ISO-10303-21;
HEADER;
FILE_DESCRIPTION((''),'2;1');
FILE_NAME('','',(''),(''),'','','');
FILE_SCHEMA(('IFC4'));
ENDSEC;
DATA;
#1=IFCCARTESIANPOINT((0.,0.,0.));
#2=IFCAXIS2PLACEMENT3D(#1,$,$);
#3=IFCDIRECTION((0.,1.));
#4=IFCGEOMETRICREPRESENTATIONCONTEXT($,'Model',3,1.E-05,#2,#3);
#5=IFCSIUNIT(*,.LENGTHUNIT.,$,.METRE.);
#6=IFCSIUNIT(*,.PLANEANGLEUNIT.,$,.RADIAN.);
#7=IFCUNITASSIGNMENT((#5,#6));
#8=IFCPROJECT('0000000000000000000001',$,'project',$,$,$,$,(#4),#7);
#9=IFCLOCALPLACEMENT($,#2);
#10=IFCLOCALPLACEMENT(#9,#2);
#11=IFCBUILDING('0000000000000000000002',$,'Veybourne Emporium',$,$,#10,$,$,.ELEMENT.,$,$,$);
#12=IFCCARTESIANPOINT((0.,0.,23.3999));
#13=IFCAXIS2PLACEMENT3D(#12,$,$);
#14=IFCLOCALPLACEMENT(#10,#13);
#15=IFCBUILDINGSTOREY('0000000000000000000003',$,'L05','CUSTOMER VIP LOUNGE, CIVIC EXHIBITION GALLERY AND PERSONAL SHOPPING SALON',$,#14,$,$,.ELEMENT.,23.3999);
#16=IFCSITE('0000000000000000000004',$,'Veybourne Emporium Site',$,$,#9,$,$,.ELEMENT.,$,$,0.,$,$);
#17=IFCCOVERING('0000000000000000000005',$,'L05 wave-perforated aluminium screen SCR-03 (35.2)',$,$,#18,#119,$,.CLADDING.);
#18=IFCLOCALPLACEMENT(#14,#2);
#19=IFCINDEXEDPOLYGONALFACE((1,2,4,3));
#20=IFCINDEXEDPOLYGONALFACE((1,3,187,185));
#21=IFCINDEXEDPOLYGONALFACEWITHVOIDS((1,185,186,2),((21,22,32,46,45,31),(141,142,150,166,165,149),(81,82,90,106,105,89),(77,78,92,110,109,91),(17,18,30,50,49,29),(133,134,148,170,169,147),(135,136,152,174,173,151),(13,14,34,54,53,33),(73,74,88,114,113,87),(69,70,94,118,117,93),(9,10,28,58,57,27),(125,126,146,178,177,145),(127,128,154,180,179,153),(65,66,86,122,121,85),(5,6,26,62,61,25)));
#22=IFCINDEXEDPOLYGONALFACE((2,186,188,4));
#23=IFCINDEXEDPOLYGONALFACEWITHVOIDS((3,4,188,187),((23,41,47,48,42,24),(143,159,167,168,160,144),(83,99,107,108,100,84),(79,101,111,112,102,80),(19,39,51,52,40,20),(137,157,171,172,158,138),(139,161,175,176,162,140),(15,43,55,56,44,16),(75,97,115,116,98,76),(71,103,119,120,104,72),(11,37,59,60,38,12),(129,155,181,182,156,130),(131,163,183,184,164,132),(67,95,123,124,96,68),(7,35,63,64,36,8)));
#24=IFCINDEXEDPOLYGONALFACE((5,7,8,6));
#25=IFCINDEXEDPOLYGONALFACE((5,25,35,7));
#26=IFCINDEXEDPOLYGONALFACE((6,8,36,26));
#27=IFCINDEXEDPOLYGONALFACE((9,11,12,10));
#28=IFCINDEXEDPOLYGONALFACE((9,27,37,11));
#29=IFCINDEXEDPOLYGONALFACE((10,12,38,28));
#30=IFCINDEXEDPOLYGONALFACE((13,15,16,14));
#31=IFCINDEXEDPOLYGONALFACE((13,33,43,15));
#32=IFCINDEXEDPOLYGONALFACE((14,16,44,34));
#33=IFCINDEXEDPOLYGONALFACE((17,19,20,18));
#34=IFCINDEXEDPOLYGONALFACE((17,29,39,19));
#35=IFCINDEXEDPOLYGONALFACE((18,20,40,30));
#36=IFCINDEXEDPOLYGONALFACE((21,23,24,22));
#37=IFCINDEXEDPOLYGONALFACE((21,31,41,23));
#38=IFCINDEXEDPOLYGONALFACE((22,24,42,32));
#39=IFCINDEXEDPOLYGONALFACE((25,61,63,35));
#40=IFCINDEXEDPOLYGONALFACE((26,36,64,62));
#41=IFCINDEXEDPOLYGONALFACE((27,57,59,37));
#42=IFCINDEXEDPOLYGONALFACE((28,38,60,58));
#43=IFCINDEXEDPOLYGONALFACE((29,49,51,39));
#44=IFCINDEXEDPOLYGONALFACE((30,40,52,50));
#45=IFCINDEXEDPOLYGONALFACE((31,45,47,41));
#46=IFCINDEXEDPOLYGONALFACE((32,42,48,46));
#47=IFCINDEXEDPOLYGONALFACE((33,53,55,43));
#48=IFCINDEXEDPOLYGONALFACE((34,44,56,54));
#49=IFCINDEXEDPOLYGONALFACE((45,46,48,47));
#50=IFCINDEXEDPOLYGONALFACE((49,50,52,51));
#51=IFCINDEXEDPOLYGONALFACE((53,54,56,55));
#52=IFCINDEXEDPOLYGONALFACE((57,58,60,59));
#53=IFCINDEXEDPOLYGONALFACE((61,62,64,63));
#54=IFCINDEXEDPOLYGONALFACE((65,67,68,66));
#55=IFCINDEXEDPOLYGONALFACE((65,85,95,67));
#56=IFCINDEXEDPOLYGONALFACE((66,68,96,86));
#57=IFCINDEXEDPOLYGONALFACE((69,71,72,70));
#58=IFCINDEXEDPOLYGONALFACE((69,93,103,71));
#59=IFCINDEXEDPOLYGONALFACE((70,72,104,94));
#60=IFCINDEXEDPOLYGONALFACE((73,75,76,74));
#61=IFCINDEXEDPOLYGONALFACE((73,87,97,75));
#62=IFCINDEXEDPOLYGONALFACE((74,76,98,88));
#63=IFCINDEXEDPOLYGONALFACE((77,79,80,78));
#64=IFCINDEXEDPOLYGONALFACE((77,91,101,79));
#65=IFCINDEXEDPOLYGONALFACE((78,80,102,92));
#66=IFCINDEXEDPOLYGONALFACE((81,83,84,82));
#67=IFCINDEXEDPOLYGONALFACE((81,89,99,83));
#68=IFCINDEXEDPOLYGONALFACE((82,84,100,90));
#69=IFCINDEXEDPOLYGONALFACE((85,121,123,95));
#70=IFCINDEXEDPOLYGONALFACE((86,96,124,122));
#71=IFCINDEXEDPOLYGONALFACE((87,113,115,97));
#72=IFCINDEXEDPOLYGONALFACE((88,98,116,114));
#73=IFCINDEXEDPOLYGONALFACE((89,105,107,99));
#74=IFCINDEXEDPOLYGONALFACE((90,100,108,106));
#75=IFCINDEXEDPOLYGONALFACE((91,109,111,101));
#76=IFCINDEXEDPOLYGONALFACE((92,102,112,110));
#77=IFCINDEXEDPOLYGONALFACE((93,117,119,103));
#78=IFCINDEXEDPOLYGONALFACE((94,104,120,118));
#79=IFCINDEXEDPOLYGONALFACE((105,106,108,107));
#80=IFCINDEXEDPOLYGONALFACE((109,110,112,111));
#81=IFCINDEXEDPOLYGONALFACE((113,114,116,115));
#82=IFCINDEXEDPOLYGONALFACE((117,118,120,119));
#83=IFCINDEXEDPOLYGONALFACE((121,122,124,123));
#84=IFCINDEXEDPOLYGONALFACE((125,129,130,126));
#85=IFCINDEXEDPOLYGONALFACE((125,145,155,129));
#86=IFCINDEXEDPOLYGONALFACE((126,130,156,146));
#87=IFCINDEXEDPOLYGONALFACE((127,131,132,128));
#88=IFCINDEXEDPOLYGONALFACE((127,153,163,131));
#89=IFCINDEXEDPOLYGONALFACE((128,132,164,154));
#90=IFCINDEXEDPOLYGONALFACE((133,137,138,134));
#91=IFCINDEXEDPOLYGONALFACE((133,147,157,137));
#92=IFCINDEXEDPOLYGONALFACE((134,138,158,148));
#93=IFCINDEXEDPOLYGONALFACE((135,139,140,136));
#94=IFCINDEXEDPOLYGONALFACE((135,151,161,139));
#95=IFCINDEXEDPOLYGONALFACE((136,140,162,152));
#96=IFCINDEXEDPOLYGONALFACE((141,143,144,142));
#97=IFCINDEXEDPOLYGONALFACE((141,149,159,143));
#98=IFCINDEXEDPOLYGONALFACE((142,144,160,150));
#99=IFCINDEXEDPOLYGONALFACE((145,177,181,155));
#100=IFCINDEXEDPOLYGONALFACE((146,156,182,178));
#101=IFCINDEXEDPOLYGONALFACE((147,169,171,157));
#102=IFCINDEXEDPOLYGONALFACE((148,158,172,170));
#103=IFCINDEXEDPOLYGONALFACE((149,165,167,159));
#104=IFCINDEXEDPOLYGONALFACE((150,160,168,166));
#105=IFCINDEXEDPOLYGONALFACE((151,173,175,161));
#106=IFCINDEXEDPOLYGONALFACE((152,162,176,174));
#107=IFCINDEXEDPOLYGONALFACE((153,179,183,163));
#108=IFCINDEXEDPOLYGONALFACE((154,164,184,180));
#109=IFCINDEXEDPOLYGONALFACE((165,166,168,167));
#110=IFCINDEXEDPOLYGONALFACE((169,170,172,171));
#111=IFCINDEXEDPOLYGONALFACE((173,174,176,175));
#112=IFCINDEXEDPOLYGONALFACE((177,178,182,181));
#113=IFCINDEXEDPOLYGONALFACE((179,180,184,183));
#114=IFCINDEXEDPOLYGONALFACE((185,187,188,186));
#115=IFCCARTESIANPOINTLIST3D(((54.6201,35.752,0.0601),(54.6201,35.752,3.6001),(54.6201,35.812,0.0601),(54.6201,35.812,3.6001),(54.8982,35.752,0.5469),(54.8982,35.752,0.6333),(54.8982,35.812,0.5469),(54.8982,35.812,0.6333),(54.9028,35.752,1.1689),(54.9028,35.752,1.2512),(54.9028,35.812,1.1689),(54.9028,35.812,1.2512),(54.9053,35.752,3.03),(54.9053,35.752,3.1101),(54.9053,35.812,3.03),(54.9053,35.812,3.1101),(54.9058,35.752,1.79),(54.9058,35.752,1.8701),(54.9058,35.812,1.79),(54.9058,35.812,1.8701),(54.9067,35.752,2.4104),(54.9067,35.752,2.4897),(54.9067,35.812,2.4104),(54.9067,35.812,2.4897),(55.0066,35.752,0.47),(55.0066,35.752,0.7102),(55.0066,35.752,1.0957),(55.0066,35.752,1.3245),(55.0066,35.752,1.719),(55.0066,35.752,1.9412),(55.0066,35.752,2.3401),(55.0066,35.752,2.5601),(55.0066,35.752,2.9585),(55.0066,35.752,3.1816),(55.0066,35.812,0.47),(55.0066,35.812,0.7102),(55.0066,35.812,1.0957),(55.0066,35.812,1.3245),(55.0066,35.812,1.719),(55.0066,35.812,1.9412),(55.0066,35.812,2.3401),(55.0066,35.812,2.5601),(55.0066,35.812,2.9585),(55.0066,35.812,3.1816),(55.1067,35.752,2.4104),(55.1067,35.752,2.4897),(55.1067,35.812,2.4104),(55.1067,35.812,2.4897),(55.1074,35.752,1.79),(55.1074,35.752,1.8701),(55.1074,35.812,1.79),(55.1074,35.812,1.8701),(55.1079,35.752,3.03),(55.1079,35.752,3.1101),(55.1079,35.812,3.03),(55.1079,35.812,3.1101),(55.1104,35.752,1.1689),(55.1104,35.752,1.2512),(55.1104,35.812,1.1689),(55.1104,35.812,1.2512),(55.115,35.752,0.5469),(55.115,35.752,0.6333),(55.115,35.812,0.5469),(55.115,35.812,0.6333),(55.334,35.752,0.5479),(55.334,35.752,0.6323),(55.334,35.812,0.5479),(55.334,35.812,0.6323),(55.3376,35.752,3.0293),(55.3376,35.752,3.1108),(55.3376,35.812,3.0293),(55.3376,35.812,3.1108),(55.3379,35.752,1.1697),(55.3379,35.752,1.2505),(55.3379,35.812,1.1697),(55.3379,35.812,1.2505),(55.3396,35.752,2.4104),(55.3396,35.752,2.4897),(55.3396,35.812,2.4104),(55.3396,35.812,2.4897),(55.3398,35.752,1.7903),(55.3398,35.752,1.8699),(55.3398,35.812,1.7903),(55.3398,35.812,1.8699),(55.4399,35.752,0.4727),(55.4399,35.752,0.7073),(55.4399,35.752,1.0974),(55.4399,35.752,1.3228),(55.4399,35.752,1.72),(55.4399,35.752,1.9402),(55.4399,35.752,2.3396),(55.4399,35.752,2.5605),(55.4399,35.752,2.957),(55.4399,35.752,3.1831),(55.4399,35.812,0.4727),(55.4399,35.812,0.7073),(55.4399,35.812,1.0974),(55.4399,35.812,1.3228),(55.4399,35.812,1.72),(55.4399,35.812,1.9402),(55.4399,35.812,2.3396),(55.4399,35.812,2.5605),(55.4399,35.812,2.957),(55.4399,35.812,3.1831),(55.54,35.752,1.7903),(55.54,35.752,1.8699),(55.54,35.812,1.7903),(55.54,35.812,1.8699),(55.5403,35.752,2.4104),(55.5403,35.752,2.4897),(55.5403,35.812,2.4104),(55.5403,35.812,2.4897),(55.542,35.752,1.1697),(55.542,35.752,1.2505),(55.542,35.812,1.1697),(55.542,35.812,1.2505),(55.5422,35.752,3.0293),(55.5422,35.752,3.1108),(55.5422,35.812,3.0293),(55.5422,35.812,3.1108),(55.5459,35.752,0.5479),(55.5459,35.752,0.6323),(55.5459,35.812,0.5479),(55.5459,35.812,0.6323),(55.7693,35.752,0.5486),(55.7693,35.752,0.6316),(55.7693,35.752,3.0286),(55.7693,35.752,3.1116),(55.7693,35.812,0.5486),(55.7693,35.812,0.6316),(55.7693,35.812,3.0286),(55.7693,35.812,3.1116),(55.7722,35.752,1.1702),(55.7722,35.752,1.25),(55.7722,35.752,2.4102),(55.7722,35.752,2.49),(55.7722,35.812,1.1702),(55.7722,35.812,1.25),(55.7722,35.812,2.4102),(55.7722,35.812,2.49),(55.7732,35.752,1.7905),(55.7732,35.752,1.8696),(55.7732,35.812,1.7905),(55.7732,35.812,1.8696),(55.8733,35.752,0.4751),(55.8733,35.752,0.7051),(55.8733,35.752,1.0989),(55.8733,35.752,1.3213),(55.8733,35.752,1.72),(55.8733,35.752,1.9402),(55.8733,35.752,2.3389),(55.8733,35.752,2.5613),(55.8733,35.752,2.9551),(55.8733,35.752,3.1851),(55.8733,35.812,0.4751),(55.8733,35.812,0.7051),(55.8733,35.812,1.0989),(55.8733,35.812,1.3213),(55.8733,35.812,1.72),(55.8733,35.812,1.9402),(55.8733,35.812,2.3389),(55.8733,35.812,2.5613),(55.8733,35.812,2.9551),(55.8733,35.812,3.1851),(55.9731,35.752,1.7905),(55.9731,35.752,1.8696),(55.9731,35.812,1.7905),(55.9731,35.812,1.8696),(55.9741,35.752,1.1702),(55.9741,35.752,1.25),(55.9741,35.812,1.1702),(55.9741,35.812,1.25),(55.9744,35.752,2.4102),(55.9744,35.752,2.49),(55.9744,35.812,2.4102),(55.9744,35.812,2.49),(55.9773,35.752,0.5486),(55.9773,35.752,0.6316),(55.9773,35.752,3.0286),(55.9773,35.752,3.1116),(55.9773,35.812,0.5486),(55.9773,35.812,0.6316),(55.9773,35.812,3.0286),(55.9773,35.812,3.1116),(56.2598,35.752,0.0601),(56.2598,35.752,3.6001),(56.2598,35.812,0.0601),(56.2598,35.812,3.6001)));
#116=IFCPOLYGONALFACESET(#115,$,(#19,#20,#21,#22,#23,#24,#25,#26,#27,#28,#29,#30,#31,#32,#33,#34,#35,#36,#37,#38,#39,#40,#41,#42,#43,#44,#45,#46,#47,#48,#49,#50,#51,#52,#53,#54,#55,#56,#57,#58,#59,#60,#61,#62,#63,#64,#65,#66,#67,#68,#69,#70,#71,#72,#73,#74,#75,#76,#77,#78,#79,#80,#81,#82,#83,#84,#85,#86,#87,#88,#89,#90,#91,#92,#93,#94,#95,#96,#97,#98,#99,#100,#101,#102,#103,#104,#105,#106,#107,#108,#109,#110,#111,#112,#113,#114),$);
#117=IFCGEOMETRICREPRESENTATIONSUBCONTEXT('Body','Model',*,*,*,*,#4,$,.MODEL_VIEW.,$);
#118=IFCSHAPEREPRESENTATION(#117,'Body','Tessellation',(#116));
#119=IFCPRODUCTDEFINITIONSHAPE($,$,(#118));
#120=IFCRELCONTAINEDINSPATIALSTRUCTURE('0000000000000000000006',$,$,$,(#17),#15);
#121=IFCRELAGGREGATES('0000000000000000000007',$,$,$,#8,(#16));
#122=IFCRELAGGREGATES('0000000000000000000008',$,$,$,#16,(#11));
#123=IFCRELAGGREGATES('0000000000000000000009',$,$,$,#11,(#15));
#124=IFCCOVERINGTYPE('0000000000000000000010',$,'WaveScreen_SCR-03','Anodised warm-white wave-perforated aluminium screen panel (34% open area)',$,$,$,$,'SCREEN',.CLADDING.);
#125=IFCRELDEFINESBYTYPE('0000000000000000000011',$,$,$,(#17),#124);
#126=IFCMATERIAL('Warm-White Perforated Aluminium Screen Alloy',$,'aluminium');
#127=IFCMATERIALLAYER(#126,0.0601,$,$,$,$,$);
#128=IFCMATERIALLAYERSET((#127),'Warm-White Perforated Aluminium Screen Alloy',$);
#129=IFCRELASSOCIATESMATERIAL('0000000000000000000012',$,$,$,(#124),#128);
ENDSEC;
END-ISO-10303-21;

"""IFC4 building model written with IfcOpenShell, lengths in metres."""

from ifc_helpers import new_model, si_unit, direction, frame, origin, place, context, subcontext, project, spatial, polyline, outline, extrude, material, layer, layer_set, type_object, element, save


model = new_model("IFC4")

# Units and contexts
model_context = context("Model", 3, precision=1e-05, world=origin(), true_north=direction((0.0, 1.0)))
body_context = subcontext(model_context, "Body", "Model", "MODEL_VIEW")
ifc_project = project(units=[si_unit("LENGTHUNIT", "METRE"), si_unit("PLANEANGLEUNIT", "RADIAN")], contexts=[model_context])

# Site, building, storey
site_placement = place(None, origin())
site = spatial("IfcSite", under=ifc_project, at=site_placement, Name="Veybourne Emporium Site", CompositionType="ELEMENT", RefElevation=0.0)
building_placement = place(site_placement, origin())
building = spatial("IfcBuilding", under=site, at=building_placement, Name="Veybourne Emporium", CompositionType="ELEMENT")
storey_placement = place(building_placement, frame((0.0, 0.0, 23.3999)))
storey = spatial("IfcBuildingStorey", under=building, at=storey_placement, Name="L05", Description="CUSTOMER VIP LOUNGE, CIVIC EXHIBITION GALLERY AND PERSONAL SHOPPING SALON", CompositionType="ELEMENT", Elevation=23.3999)

# Covering
ifc_material_1 = material(Name="Warm-White Perforated Aluminium Screen Alloy", Category="aluminium")
ifc_layer_1 = layer(ifc_material_1, 0.0601)
ifc_layer_set_1 = layer_set([ifc_layer_1], Name="Warm-White Perforated Aluminium Screen Alloy")
covering_type_1 = type_object("IfcCoveringType", Name="WaveScreen_SCR-03", Description="Anodised warm-white wave-perforated aluminium screen panel (34% open area)", ElementType="SCREEN", PredefinedType="CLADDING", material=ifc_layer_set_1)
covering_1_placement = place(storey_placement, frame((55.4399, 35.752, 1.8301), z_axis=(0.0, 1.0, 0.0), x_axis=(-1.0, 0.0, 0.0)))
element("IfcCovering", 1, at=covering_1_placement, inside=storey, type_object=covering_type_1, Name="L05 wave-perforated aluminium screen SCR-03 (35.2)", PredefinedType="CLADDING", context=body_context, shape_type="SweptSolid", body=[
    extrude(outline(polyline([(-0.8198, -1.77), (0.8198, -1.77), (0.8198, 1.77), (-0.8198, 1.77), (-0.8198, -1.77)]), holes=[polyline([(-0.4333, -1.125), (-0.3293, -1.1985), (-0.3293, -1.2815), (-0.4333, -1.355), (-0.5374, -1.2815), (-0.5374, -1.1985), (-0.4333, -1.125)]), polyline([(-0.4333, -0.5088), (-0.3323, -0.5801), (-0.3323, -0.6599), (-0.4333, -0.7312), (-0.5342, -0.6599), (-0.5342, -0.5801), (-0.4333, -0.5088)]), polyline([(-0.4333, 0.1101), (-0.3333, 0.0396), (-0.3333, -0.0396), (-0.4333, -0.1101), (-0.5332, -0.0396), (-0.5332, 0.0396), (-0.4333, 0.1101)]), polyline([(-0.4333, 0.7312), (-0.3323, 0.6599), (-0.3323, 0.5801), (-0.4333, 0.5088), (-0.5344, 0.5801), (-0.5344, 0.6599), (-0.4333, 0.7312)]), polyline([(-0.4333, 1.355), (-0.3293, 1.2815), (-0.3293, 1.1985), (-0.4333, 1.125), (-0.5374, 1.1985), (-0.5374, 1.2815), (-0.4333, 1.355)]), polyline([(0.0, -1.1228), (0.106, -1.1978), (0.106, -1.2822), (0.0, -1.3574), (-0.106, -1.2822), (-0.106, -1.1978), (0.0, -1.1228)]), polyline([(0.0, -0.5073), (0.1021, -0.5796), (0.1021, -0.6604), (0.0, -0.7327), (-0.1021, -0.6604), (-0.1021, -0.5796), (0.0, -0.5073)]), polyline([(0.0, 0.1101), (0.1001, 0.0398), (0.1001, -0.0398), (0.0, -0.1101), (-0.1001, -0.0398), (-0.1001, 0.0398), (0.0, 0.1101)]), polyline([(0.0, 0.7305), (0.1003, 0.6597), (0.1003, 0.5803), (0.0, 0.5095), (-0.1003, 0.5803), (-0.1003, 0.6597), (0.0, 0.7305)]), polyline([(0.0, 1.353), (0.1023, 1.2808), (0.1023, 1.1992), (0.0, 1.127), (-0.1023, 1.1992), (-0.1023, 1.2808), (0.0, 1.353)]), polyline([(0.4333, -1.1199), (0.5417, -1.1968), (0.5417, -1.2832), (0.4333, -1.3601), (0.325, -1.2832), (0.325, -1.1968), (0.4333, -1.1199)]), polyline([(0.4333, -0.5056), (0.5371, -0.5789), (0.5371, -0.6611), (0.4333, -0.7344), (0.3296, -0.6611), (0.3296, -0.5789), (0.4333, -0.5056)]), polyline([(0.4333, 0.1111), (0.5342, 0.04), (0.5342, -0.04), (0.4333, -0.1111), (0.3325, -0.04), (0.3325, 0.04), (0.4333, 0.1111)]), polyline([(0.4333, 0.73), (0.5332, 0.6597), (0.5332, 0.5803), (0.4333, 0.51), (0.3333, 0.5803), (0.3333, 0.6597), (0.4333, 0.73)]), polyline([(0.4333, 1.3516), (0.5347, 1.28), (0.5347, 1.2), (0.4333, 1.1284), (0.332, 1.2), (0.332, 1.28), (0.4333, 1.3516)])]), origin(), (0.0, 0.0, 1.0), 0.0601),
])

save(model, "model.ifc")
